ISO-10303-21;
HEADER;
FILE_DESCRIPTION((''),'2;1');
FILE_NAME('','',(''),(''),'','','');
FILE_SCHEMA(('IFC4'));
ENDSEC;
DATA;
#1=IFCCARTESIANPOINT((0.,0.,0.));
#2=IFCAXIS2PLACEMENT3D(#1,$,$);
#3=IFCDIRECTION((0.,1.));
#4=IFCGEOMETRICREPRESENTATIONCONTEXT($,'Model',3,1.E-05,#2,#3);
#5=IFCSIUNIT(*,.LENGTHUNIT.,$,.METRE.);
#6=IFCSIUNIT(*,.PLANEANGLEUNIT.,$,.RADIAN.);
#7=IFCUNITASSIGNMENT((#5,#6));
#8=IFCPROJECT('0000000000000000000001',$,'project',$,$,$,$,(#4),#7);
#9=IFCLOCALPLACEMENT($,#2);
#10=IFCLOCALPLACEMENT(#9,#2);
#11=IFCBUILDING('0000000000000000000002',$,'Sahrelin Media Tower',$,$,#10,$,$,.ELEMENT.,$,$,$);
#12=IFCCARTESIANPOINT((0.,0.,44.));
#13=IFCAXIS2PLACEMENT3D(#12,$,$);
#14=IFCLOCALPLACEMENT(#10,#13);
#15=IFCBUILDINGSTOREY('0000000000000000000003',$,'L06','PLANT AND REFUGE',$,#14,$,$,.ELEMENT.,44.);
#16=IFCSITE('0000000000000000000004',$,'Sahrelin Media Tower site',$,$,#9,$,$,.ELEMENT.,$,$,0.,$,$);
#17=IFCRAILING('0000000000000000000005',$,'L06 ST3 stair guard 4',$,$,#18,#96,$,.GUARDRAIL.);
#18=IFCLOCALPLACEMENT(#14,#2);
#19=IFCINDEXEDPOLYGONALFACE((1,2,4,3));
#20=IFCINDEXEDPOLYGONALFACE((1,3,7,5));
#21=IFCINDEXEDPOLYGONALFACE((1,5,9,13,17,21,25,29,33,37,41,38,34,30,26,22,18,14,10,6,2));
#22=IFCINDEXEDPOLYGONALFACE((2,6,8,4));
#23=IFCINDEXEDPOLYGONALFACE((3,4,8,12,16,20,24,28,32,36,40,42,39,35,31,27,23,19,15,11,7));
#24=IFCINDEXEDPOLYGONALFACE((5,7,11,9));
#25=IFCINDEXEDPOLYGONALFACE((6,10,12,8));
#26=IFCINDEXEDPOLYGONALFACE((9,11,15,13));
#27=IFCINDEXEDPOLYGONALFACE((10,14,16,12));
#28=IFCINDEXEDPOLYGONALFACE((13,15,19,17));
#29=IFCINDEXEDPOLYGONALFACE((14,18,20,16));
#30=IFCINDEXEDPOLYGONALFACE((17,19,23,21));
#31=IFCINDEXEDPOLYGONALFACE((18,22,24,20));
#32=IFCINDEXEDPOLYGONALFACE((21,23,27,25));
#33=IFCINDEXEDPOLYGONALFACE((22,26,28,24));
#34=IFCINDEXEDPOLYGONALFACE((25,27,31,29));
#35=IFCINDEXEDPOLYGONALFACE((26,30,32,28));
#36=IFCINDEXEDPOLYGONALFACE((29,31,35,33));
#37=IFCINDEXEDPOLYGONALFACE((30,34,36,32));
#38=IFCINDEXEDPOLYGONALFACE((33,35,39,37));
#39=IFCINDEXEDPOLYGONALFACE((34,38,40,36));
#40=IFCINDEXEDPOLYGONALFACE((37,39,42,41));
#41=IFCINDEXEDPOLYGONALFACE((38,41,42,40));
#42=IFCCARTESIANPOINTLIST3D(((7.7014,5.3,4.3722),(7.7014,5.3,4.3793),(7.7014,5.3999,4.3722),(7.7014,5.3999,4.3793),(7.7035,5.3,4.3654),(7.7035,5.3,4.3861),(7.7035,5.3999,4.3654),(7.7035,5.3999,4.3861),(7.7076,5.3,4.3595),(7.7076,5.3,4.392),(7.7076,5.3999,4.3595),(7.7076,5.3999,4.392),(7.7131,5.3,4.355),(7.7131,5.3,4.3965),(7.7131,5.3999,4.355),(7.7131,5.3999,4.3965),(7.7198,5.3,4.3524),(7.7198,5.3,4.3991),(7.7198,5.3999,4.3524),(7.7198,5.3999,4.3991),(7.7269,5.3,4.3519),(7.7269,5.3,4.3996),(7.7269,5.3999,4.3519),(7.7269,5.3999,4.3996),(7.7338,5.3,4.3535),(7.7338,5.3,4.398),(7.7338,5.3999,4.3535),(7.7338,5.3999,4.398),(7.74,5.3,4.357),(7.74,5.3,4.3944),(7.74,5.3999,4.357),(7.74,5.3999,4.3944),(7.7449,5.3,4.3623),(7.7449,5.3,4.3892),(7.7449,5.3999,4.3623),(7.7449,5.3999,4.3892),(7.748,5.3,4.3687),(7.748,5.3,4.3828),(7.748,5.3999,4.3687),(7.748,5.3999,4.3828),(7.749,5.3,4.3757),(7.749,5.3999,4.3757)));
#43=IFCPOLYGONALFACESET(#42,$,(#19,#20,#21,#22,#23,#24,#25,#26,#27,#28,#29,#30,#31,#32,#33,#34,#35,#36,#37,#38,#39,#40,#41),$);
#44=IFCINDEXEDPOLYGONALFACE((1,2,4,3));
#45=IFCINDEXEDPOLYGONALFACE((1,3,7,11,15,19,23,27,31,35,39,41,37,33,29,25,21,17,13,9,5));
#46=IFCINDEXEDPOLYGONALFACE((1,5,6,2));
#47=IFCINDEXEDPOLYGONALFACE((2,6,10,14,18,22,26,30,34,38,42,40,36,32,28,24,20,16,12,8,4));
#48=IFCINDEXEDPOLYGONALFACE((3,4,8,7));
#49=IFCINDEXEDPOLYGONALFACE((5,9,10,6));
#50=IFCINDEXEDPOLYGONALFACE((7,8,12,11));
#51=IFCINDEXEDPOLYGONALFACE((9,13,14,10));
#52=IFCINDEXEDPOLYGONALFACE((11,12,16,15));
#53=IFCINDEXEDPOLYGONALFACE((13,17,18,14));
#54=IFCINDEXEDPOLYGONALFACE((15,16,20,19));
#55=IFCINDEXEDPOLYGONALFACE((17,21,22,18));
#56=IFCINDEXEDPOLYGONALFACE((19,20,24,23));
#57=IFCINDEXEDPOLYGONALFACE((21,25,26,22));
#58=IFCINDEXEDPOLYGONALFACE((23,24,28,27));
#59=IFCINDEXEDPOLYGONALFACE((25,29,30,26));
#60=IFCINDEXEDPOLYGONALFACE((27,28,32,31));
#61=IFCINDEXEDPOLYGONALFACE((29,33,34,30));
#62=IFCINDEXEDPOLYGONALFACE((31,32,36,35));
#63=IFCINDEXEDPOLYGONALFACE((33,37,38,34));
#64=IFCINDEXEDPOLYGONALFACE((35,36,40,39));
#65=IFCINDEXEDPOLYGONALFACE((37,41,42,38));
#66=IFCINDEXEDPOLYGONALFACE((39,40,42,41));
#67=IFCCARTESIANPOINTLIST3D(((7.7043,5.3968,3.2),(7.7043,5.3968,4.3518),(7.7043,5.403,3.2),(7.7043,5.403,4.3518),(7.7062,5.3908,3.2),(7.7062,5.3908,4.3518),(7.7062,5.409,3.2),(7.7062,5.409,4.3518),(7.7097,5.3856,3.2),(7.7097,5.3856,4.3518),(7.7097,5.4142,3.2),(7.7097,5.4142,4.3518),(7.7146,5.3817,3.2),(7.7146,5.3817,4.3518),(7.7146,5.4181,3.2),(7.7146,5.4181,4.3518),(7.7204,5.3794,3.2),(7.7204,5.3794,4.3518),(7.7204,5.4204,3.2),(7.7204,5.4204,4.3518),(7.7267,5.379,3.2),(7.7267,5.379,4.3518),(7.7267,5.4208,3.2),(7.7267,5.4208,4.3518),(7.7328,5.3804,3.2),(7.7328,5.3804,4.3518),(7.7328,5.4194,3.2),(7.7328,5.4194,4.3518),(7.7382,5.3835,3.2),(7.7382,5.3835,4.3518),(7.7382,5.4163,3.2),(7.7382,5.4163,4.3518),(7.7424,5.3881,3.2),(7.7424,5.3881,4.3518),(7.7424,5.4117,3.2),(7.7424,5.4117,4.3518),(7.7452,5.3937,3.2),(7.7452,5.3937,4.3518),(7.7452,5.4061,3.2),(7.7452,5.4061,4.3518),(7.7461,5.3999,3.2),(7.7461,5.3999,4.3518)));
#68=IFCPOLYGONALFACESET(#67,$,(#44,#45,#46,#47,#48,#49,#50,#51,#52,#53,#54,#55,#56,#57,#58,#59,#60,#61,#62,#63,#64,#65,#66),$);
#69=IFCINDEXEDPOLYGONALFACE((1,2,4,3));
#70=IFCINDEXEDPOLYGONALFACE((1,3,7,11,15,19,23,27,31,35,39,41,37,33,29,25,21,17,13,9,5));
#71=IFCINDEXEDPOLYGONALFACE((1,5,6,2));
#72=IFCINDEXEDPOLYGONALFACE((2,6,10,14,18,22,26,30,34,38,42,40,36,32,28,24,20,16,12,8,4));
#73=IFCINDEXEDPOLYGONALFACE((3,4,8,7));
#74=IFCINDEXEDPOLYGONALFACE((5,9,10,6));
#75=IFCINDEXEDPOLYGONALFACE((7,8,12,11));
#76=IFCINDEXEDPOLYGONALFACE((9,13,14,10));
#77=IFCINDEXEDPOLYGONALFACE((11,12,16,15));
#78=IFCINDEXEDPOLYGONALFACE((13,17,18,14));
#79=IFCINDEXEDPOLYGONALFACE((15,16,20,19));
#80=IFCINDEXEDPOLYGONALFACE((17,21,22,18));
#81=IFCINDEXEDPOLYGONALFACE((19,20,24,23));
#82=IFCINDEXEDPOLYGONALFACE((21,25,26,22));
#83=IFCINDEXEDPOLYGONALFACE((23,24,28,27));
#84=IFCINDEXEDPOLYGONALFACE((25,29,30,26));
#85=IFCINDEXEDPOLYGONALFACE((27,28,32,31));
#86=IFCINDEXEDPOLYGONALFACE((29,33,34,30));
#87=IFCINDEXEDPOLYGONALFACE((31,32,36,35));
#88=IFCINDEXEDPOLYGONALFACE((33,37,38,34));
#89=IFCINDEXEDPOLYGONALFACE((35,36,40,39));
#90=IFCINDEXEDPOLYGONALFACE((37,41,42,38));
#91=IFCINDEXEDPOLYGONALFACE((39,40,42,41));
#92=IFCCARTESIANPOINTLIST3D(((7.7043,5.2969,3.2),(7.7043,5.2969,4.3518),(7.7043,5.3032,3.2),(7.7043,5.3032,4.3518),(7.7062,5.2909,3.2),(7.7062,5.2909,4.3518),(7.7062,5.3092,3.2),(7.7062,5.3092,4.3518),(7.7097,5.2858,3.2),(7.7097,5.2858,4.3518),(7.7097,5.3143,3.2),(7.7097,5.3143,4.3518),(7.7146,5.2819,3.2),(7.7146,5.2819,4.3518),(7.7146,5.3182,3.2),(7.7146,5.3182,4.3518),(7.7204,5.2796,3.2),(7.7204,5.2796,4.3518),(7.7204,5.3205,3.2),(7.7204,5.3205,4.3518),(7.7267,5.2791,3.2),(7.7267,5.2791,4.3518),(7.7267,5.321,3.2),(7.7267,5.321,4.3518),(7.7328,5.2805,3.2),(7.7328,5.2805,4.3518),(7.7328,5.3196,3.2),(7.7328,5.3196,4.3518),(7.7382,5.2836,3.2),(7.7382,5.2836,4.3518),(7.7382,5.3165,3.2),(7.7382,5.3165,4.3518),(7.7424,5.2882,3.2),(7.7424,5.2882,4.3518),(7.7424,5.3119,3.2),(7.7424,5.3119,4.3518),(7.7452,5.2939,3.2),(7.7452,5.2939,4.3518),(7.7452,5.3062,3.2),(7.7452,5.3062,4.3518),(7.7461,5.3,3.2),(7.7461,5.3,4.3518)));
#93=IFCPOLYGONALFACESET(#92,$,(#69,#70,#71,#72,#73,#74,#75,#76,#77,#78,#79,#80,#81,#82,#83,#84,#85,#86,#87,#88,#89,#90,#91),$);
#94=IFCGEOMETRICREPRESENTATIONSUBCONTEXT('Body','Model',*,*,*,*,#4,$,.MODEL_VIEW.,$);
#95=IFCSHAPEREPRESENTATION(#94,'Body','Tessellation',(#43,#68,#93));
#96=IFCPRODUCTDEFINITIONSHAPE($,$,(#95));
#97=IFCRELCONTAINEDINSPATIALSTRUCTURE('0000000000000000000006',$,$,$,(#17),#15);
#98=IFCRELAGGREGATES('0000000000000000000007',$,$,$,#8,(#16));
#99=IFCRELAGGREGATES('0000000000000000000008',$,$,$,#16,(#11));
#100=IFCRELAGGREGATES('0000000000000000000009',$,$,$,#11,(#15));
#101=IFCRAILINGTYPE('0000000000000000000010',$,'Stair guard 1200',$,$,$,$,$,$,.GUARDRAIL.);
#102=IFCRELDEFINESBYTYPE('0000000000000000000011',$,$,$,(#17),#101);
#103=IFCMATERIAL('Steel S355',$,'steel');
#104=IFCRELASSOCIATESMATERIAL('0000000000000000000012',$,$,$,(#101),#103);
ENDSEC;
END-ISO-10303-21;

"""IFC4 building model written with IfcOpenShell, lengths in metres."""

from ifc_helpers import new_model, si_unit, direction, frame, origin, origin_2d, place, context, subcontext, project, spatial, circle, extrude, material, type_object, element, save


model = new_model("IFC4")

# Units and contexts
model_context = context("Model", 3, precision=1e-05, world=origin(), true_north=direction((0.0, 1.0)))
body_context = subcontext(model_context, "Body", "Model", "MODEL_VIEW")
ifc_project = project(units=[si_unit("LENGTHUNIT", "METRE"), si_unit("PLANEANGLEUNIT", "RADIAN")], contexts=[model_context])

# Site, building, storey
site_placement = place(None, origin())
site = spatial("IfcSite", under=ifc_project, at=site_placement, Name="Sahrelin Media Tower site", CompositionType="ELEMENT", RefElevation=0.0)
building_placement = place(site_placement, origin())
building = spatial("IfcBuilding", under=site, at=building_placement, Name="Sahrelin Media Tower", CompositionType="ELEMENT")
storey_placement = place(building_placement, frame((0.0, 0.0, 44.0)))
storey = spatial("IfcBuildingStorey", under=building, at=storey_placement, Name="L06", Description="PLANT AND REFUGE", CompositionType="ELEMENT", Elevation=44.0)

# Shared definitions
ifc_material_1 = material(Name="Steel S355", Category="steel")

# Railing
railing_type_1 = type_object("IfcRailingType", Name="Stair guard 1200", PredefinedType="GUARDRAIL", material=ifc_material_1)
railing_1_placement = place(storey_placement, frame((7.7251, 5.3999, 3.2)))
element("IfcRailing", 1, at=railing_1_placement, inside=storey, type_object=railing_type_1, Name="L06 ST3 stair guard 4", PredefinedType="GUARDRAIL", context=body_context, shape_type="SweptSolid", body=[
    extrude(circle(Radius=0.0239, at=origin_2d()), frame((0.0, 0.0, 1.1758), z_axis=(0.0, -1.0, 0.0), x_axis=(1.0, 0.0, 0.0)), (0.0, 0.0, 1.0), 0.0999),
    extrude(circle(Radius=0.021, at=origin_2d()), origin(), (0.0, 0.0, 1.0), 1.1519),
    extrude(circle(Radius=0.021, at=origin_2d()), frame((0.0, -0.0999, 0.0)), (0.0, 0.0, 1.0), 1.1519),
])

save(model, "model.ifc")
